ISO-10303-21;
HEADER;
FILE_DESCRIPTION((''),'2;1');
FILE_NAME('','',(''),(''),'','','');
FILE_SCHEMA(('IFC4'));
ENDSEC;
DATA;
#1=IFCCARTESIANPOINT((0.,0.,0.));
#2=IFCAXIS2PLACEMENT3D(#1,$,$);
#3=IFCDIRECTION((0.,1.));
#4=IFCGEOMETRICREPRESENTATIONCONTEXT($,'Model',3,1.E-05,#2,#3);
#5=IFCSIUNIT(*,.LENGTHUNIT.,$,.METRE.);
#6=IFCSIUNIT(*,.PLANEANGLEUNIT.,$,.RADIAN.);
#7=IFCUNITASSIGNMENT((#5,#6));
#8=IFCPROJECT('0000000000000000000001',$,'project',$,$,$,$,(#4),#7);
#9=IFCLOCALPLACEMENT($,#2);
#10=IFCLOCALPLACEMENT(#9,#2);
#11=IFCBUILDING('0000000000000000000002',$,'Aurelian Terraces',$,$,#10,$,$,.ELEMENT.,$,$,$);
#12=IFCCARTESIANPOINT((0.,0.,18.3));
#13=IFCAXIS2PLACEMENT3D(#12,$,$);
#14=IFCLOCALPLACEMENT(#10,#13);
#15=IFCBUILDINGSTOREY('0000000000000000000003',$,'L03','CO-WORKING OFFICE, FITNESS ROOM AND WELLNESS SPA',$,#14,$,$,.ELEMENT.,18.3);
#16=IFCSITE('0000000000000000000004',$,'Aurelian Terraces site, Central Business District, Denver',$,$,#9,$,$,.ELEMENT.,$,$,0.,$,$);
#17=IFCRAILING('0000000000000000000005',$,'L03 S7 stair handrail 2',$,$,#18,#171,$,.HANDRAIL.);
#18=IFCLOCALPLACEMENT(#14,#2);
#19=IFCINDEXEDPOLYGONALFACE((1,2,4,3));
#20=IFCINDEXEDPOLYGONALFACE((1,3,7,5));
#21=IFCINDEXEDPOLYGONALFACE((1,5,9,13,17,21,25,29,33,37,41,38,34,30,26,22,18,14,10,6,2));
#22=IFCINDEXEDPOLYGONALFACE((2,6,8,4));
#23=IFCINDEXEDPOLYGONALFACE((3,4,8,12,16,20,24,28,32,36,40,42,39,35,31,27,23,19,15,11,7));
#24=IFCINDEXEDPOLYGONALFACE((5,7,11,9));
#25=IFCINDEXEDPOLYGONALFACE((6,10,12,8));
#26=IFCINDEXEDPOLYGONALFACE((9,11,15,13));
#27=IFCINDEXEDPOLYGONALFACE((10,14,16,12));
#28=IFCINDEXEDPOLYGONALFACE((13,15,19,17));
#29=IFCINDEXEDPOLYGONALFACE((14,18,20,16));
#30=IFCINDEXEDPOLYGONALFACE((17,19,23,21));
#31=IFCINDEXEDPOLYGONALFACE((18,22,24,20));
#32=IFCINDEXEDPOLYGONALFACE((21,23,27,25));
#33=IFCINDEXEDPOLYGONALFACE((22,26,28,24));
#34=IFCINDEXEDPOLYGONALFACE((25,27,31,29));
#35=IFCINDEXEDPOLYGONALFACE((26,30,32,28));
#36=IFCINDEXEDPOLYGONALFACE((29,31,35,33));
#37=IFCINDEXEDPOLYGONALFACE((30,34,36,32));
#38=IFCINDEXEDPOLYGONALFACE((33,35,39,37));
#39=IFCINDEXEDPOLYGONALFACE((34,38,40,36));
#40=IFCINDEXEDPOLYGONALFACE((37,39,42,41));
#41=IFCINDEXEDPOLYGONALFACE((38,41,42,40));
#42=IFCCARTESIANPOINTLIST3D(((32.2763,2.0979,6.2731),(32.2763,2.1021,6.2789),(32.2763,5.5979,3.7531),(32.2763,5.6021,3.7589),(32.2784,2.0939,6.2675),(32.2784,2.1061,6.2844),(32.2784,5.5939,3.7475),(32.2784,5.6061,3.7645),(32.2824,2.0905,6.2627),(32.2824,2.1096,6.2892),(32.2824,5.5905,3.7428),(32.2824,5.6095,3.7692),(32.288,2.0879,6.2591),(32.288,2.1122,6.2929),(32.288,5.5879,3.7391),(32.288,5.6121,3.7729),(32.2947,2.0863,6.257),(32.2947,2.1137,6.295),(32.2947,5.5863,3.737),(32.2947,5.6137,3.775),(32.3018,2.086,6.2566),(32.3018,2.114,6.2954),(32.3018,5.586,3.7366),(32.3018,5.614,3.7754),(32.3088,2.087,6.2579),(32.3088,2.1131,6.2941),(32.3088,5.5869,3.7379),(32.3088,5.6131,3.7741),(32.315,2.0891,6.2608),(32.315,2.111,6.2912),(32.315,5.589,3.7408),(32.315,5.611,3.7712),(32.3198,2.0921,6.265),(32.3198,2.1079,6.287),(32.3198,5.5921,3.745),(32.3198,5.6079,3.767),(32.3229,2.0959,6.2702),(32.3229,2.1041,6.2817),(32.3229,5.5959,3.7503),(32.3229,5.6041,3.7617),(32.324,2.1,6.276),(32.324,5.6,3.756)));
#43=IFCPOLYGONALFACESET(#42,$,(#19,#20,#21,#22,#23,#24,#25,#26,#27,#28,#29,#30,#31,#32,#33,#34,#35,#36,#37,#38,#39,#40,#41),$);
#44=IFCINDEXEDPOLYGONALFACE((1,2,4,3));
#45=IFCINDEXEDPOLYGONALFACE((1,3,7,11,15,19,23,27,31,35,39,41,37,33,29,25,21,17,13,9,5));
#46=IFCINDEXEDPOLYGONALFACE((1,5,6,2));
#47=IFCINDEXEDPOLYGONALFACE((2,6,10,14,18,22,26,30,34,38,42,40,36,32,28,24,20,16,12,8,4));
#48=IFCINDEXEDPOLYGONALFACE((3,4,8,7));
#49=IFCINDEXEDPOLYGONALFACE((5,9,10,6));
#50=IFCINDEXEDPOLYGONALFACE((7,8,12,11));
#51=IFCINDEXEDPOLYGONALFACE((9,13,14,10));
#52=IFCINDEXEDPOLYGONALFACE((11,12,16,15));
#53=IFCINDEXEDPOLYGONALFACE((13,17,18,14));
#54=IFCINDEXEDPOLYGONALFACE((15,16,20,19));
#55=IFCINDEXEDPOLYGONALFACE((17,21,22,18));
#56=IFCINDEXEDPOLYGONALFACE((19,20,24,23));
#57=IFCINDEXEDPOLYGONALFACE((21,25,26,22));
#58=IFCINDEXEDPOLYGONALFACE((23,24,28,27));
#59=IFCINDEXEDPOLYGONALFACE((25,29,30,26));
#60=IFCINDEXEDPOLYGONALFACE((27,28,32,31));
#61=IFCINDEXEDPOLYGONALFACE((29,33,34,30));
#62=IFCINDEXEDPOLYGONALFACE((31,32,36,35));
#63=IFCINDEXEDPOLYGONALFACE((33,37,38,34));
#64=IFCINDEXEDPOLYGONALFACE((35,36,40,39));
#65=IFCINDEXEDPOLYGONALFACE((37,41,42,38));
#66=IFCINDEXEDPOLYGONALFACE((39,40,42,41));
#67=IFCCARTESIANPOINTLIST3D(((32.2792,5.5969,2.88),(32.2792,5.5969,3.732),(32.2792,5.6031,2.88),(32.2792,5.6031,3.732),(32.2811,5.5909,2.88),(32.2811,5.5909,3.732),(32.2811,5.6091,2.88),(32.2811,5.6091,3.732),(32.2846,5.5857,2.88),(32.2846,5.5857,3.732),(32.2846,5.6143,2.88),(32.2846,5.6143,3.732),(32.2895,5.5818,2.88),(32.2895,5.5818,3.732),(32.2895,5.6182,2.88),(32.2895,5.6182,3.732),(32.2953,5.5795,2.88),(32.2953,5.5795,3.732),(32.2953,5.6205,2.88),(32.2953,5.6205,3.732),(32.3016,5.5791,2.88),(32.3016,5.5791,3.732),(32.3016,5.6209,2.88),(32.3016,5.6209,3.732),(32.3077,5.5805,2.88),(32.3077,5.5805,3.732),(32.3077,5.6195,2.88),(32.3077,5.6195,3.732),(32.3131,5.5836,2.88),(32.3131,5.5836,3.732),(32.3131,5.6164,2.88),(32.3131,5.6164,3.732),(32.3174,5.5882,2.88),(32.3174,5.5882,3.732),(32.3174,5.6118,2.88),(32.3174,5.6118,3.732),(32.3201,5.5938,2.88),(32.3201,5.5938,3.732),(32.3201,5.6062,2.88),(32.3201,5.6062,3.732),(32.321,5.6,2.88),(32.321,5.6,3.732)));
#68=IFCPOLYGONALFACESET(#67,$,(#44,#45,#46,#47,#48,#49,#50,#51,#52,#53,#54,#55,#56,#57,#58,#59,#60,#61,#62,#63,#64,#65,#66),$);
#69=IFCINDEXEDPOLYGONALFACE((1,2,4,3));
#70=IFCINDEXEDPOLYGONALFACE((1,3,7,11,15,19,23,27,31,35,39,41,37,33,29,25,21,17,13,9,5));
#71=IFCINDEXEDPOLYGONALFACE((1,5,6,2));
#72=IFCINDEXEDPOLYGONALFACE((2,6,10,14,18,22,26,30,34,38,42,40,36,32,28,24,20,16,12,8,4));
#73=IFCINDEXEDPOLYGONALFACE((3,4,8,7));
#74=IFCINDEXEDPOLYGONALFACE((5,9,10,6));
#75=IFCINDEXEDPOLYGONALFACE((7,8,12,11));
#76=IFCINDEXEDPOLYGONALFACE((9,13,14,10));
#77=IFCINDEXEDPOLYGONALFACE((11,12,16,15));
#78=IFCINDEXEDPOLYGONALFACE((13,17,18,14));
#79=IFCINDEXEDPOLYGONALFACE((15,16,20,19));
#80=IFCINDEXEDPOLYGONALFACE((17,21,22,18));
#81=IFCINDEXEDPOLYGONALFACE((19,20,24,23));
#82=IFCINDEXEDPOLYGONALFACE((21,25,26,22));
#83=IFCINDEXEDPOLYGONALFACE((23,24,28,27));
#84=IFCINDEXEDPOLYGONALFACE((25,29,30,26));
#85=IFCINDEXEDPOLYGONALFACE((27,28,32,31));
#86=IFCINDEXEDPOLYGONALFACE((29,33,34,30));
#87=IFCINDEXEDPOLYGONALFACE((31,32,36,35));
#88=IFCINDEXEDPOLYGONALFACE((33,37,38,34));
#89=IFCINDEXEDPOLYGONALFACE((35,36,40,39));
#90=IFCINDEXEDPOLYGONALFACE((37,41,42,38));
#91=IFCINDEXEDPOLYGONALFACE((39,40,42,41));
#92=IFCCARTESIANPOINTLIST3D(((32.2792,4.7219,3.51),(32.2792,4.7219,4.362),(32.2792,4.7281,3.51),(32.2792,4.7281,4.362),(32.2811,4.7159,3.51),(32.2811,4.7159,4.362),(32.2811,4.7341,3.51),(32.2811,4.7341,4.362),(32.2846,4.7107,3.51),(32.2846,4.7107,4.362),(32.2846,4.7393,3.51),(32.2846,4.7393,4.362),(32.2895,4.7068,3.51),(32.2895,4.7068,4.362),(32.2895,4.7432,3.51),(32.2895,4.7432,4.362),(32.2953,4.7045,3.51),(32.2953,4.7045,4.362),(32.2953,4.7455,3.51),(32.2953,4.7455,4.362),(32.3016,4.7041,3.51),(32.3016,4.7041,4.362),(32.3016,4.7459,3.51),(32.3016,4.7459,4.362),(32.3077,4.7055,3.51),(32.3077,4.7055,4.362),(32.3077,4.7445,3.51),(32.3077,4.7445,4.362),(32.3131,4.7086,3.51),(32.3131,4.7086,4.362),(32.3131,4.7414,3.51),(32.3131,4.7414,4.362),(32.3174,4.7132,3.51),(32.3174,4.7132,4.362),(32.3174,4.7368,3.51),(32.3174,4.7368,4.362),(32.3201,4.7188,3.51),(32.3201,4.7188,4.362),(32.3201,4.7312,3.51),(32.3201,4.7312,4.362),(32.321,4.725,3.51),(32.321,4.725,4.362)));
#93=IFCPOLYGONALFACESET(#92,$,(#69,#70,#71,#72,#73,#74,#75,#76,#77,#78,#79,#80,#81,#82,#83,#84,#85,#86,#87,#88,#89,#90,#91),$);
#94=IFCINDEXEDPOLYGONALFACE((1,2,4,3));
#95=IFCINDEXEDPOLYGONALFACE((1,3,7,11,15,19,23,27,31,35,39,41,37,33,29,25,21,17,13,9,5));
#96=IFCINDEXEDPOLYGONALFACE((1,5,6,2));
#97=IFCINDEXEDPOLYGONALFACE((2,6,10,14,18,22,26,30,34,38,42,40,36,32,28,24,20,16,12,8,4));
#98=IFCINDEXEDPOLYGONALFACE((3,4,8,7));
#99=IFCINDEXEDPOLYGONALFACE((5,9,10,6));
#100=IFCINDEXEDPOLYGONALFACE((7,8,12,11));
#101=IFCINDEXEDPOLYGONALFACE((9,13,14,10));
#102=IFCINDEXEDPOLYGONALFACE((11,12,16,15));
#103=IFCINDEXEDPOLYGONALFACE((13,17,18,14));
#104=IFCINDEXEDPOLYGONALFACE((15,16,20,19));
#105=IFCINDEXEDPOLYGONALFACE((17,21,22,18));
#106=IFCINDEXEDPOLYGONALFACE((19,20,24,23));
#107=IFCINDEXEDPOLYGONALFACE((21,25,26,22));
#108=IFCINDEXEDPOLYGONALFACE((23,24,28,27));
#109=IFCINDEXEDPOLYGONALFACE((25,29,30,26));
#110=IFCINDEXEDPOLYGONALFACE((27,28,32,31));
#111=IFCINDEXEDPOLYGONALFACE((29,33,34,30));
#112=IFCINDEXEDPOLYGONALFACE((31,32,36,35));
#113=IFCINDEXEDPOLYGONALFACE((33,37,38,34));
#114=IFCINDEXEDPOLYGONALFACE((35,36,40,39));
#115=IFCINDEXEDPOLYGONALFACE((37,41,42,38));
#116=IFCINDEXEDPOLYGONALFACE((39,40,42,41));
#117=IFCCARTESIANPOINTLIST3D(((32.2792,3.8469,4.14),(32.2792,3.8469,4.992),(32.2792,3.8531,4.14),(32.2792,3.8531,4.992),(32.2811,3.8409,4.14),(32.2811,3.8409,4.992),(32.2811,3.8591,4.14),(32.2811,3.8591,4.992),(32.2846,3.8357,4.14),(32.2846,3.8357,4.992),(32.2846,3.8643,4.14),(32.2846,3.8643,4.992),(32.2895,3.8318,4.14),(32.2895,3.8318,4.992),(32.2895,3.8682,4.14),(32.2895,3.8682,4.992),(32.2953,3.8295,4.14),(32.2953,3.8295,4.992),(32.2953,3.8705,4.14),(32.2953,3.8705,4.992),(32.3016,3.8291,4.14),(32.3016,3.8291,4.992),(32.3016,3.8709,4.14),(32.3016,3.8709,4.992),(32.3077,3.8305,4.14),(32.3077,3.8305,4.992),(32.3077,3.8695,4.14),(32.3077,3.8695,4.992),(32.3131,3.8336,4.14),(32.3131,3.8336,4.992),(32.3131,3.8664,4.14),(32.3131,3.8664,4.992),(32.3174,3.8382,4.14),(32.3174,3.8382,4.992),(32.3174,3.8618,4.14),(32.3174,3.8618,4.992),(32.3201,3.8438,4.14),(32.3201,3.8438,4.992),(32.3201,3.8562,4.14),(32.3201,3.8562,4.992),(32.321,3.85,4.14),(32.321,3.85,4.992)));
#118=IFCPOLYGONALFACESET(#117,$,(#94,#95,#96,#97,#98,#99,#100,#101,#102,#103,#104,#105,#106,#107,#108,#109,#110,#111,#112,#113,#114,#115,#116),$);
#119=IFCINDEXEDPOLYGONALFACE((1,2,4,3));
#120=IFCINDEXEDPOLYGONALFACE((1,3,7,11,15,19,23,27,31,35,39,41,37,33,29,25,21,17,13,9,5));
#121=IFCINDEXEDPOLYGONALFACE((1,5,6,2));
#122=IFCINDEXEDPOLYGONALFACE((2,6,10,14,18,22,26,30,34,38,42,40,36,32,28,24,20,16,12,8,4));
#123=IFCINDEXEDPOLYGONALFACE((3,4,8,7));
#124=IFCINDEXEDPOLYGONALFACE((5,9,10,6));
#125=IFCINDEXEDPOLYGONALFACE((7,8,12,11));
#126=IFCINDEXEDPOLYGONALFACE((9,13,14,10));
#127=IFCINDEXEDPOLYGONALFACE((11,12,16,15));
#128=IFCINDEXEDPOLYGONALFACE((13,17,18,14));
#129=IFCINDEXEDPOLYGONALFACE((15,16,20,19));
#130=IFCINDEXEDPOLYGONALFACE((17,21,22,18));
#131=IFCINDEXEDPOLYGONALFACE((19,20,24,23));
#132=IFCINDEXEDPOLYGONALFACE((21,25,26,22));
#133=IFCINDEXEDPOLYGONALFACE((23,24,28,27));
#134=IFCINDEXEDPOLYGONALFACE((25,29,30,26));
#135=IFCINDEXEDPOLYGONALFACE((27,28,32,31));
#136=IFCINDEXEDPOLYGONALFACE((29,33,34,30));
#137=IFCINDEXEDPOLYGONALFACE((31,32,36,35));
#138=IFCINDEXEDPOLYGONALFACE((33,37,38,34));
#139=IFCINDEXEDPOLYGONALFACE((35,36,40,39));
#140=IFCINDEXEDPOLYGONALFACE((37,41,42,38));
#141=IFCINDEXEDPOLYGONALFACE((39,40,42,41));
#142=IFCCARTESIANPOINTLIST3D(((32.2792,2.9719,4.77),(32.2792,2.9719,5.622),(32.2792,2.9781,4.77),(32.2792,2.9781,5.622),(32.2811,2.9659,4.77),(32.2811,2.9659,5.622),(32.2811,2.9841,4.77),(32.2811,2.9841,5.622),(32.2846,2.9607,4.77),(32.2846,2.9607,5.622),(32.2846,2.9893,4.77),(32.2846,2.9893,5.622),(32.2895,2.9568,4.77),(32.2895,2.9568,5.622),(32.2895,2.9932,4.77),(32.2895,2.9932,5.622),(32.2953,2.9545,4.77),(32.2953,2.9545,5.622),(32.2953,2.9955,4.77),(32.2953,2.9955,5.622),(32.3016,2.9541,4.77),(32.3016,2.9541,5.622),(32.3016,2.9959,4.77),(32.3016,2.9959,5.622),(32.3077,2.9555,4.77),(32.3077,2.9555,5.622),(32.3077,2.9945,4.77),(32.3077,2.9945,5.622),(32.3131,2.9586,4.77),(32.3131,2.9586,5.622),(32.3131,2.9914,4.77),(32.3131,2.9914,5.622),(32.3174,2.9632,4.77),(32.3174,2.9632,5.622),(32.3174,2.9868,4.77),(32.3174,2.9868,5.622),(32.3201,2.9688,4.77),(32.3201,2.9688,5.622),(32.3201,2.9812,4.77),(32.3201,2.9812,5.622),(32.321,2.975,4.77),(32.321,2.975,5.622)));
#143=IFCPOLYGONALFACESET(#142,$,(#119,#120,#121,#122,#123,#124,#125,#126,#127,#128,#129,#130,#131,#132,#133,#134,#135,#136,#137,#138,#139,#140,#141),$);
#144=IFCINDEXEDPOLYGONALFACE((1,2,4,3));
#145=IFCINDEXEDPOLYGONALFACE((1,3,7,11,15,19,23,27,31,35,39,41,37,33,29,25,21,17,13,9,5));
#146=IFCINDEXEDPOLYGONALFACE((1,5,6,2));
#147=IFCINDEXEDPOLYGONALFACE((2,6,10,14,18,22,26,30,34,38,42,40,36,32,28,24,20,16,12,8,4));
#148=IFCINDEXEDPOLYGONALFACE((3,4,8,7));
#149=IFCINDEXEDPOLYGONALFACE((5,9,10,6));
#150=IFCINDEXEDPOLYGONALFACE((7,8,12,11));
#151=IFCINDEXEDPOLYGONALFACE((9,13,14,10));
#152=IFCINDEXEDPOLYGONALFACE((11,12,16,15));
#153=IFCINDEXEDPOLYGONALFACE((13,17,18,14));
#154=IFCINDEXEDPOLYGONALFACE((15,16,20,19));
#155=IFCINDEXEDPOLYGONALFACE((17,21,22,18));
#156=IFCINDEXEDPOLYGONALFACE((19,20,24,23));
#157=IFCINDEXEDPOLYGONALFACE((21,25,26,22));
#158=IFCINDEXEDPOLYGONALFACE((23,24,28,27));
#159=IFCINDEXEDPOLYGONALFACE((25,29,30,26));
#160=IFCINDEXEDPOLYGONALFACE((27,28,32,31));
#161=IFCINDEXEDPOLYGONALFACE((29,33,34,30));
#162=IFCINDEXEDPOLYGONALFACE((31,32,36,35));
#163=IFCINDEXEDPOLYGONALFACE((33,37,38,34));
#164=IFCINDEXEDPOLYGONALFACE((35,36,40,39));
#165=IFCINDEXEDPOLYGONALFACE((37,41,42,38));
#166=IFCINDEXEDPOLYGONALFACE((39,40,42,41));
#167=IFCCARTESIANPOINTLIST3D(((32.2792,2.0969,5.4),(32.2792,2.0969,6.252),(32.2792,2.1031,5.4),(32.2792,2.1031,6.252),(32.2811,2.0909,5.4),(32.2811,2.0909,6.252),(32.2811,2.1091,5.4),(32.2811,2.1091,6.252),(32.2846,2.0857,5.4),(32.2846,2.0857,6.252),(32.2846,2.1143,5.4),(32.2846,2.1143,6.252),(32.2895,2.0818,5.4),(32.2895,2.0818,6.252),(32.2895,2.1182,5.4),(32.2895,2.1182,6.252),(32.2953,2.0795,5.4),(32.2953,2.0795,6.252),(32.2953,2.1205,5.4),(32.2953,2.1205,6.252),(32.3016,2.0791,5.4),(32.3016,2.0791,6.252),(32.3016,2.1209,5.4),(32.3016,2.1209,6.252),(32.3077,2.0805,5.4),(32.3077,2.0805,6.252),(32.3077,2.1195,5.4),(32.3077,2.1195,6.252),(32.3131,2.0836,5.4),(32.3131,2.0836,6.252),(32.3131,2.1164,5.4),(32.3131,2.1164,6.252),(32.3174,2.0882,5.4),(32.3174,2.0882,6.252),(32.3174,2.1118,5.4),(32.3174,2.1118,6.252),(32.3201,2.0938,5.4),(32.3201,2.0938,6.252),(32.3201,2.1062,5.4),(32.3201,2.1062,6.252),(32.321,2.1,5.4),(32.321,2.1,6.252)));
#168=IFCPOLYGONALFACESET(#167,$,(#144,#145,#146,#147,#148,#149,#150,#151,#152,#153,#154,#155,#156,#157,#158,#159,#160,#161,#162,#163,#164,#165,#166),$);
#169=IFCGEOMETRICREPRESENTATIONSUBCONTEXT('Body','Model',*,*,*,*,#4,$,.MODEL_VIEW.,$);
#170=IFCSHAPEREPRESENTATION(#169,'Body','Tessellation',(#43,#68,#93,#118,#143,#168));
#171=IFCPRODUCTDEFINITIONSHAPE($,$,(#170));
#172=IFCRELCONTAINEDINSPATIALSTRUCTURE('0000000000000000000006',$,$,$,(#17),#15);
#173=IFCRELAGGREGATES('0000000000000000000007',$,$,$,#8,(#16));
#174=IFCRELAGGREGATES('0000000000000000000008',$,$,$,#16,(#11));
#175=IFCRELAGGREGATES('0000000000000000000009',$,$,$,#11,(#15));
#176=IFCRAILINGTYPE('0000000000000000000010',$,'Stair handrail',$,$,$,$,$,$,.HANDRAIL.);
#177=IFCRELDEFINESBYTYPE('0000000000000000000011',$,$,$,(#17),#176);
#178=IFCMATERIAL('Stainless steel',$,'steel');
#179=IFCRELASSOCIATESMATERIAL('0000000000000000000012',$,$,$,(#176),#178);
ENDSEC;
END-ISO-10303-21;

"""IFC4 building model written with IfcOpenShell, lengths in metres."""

from ifc_helpers import new_model, si_unit, direction, frame, origin, origin_2d, place, context, subcontext, project, spatial, circle, extrude, source, transform, mapped, material, type_object, element, save


model = new_model("IFC4")

# Units and contexts
model_context = context("Model", 3, precision=1e-05, world=origin(), true_north=direction((0.0, 1.0)))
body_context = subcontext(model_context, "Body", "Model", "MODEL_VIEW")
ifc_project = project(units=[si_unit("LENGTHUNIT", "METRE"), si_unit("PLANEANGLEUNIT", "RADIAN")], contexts=[model_context])

# Site, building, storey
site_placement = place(None, origin())
site = spatial("IfcSite", under=ifc_project, at=site_placement, Name="Aurelian Terraces site, Central Business District, Denver", CompositionType="ELEMENT", RefElevation=0.0)
building_placement = place(site_placement, origin())
building = spatial("IfcBuilding", under=site, at=building_placement, Name="Aurelian Terraces", CompositionType="ELEMENT")
storey_placement = place(building_placement, frame((0.0, 0.0, 18.3)))
storey = spatial("IfcBuildingStorey", under=building, at=storey_placement, Name="L03", Description="CO-WORKING OFFICE, FITNESS ROOM AND WELLNESS SPA", CompositionType="ELEMENT", Elevation=18.3)

# Railing
ifc_material_1 = material(Name="Stainless steel", Category="steel")
railing_type_1 = type_object("IfcRailingType", Name="Stair handrail", PredefinedType="HANDRAIL", material=ifc_material_1)
shared_shape_1 = source(origin(), body_context, "Body", "SweptSolid", [
    extrude(circle(Radius=0.024, at=origin_2d()), frame((0.0, 0.0, 0.876), z_axis=(0.0, -0.811534, 0.584305), x_axis=(1.0, 0.0, 0.0)), (0.0, 0.0, 1.0), 4.3128),
    extrude(circle(Radius=0.021, at=origin_2d()), origin(), (0.0, 0.0, 1.0), 0.852),
    extrude(circle(Radius=0.021, at=origin_2d()), frame((0.0, -0.875, 0.63)), (0.0, 0.0, 1.0), 0.852),
    extrude(circle(Radius=0.021, at=origin_2d()), frame((0.0, -1.75, 1.26)), (0.0, 0.0, 1.0), 0.852),
    extrude(circle(Radius=0.021, at=origin_2d()), frame((0.0, -2.625, 1.89)), (0.0, 0.0, 1.0), 0.852),
    extrude(circle(Radius=0.021, at=origin_2d()), frame((0.0, -3.5, 2.52)), (0.0, 0.0, 1.0), 0.852),
])
railing_1_placement = place(storey_placement, frame((32.3, 5.6, 2.88)))
element("IfcRailing", 1, at=railing_1_placement, inside=storey, type_object=railing_type_1, Name="L03 S7 stair handrail 2", PredefinedType="HANDRAIL", context=body_context, shape_type="MappedRepresentation", body=[
    mapped(shared_shape_1, transform((0.0, 0.0, 0.0), scale=1.0)),
])

save(model, "model.ifc")
